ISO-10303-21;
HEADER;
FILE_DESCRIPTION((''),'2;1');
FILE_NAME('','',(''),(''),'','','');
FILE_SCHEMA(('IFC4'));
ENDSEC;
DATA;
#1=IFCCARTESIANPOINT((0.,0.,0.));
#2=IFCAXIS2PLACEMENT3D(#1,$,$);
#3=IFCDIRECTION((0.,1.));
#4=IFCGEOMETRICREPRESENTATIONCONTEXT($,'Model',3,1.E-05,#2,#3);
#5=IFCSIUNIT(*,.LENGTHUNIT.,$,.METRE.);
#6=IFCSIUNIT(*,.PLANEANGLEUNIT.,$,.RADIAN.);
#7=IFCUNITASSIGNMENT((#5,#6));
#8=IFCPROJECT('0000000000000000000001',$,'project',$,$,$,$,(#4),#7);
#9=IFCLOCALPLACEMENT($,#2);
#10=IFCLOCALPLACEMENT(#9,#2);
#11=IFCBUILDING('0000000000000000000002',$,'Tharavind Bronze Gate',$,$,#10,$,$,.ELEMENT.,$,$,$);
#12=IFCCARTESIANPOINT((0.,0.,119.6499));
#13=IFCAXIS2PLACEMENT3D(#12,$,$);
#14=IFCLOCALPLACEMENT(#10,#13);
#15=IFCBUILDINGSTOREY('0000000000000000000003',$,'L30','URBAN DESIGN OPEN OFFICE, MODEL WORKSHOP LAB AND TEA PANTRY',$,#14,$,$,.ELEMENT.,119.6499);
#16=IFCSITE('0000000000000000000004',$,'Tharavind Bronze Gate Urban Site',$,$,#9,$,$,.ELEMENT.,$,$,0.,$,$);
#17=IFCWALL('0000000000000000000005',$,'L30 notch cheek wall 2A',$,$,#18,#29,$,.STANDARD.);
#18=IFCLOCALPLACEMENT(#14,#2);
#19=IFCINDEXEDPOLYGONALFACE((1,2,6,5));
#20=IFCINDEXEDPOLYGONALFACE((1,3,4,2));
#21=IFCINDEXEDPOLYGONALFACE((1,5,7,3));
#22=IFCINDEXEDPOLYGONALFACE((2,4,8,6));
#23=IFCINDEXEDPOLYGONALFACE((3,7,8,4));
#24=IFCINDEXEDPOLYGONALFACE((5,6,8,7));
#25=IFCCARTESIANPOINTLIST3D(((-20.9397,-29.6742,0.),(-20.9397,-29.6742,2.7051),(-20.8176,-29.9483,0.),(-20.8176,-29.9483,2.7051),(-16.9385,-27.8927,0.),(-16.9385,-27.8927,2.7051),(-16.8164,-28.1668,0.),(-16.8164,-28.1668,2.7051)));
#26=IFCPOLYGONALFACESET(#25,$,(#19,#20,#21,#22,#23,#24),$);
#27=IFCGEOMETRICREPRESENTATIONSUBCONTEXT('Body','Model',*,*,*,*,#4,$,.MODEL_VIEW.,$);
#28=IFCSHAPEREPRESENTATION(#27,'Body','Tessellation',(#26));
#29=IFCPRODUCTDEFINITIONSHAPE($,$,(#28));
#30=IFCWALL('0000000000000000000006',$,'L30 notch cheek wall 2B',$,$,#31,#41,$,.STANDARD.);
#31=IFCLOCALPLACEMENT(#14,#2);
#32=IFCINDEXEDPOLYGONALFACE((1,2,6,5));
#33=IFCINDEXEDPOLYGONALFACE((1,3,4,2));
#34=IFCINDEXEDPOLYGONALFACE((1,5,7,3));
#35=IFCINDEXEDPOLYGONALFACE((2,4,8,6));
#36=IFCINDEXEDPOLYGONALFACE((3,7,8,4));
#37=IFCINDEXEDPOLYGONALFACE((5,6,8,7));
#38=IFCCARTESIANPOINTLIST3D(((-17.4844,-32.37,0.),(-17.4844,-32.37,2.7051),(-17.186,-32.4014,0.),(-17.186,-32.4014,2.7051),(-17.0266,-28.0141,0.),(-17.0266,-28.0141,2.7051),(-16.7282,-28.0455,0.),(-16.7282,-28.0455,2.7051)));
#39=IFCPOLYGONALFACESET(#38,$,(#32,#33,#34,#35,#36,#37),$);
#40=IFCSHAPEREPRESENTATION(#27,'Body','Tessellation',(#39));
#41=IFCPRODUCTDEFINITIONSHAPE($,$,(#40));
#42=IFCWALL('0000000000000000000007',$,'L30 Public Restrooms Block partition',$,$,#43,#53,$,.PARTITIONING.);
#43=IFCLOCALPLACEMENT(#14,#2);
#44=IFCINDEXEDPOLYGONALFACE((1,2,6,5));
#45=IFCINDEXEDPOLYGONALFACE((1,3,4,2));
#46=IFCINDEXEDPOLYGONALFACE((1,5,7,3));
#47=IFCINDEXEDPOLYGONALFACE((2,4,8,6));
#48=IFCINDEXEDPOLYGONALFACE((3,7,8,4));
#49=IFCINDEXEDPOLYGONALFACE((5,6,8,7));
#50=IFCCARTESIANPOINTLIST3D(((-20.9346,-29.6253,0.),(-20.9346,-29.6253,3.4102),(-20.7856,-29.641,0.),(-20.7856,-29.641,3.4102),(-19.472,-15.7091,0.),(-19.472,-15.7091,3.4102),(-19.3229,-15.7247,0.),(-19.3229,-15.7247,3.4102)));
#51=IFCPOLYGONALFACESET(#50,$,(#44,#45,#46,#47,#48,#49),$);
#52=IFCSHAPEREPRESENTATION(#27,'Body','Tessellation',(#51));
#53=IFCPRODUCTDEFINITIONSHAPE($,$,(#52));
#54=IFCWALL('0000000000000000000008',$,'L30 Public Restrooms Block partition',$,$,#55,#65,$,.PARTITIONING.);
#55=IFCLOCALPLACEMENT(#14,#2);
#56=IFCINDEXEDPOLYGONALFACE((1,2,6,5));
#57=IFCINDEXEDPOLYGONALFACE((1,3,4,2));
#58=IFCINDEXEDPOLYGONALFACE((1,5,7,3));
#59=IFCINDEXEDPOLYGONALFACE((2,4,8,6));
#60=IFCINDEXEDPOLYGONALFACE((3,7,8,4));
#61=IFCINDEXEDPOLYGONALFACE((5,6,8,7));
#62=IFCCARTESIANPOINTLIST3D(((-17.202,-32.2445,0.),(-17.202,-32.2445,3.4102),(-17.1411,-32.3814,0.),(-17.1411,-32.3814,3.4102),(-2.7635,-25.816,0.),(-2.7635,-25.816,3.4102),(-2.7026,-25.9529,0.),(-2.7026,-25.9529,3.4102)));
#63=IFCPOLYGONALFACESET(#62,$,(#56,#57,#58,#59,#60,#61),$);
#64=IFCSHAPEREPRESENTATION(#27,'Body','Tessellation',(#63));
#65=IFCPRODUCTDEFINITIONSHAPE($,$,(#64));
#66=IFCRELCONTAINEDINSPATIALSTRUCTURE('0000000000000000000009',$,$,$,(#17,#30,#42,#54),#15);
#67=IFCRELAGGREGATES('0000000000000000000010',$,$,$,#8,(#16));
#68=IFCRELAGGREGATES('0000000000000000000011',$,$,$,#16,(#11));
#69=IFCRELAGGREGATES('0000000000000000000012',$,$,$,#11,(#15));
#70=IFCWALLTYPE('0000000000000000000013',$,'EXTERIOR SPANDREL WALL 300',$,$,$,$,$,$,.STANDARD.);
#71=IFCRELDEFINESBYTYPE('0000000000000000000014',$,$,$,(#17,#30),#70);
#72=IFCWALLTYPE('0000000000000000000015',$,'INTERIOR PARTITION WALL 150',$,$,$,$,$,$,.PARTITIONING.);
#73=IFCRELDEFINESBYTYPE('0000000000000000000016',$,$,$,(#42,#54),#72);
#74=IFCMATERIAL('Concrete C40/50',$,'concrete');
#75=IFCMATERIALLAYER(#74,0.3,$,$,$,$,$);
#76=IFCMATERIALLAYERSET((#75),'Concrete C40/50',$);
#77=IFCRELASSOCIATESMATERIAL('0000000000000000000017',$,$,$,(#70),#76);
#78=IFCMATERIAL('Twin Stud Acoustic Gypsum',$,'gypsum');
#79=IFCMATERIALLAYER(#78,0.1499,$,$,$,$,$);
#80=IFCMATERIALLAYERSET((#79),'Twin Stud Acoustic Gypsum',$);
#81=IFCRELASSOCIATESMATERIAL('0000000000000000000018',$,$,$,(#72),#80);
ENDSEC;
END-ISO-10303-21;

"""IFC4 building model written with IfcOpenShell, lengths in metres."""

from ifc_helpers import new_model, si_unit, direction, frame, frame_2d, origin, place, context, subcontext, project, spatial, rectangle, extrude, material, layer, layer_set, type_object, element, save


model = new_model("IFC4")

# Units and contexts
model_context = context("Model", 3, precision=1e-05, world=origin(), true_north=direction((0.0, 1.0)))
body_context = subcontext(model_context, "Body", "Model", "MODEL_VIEW")
ifc_project = project(units=[si_unit("LENGTHUNIT", "METRE"), si_unit("PLANEANGLEUNIT", "RADIAN")], contexts=[model_context])

# Site, building, storey
site_placement = place(None, origin())
site = spatial("IfcSite", under=ifc_project, at=site_placement, Name="Tharavind Bronze Gate Urban Site", CompositionType="ELEMENT", RefElevation=0.0)
building_placement = place(site_placement, origin())
building = spatial("IfcBuilding", under=site, at=building_placement, Name="Tharavind Bronze Gate", CompositionType="ELEMENT")
storey_placement = place(building_placement, frame((0.0, 0.0, 119.6499)))
storey = spatial("IfcBuildingStorey", under=building, at=storey_placement, Name="L30", Description="URBAN DESIGN OPEN OFFICE, MODEL WORKSHOP LAB AND TEA PANTRY", CompositionType="ELEMENT", Elevation=119.6499)

# Walls
ifc_material_1 = material(Name="Concrete C40/50", Category="concrete")
ifc_layer_1 = layer(ifc_material_1, 0.3)
ifc_layer_set_1 = layer_set([ifc_layer_1], Name="Concrete C40/50")
wall_type_1 = type_object("IfcWallType", Name="EXTERIOR SPANDREL WALL 300", PredefinedType="STANDARD", material=ifc_layer_set_1)
for number, where, z_axis, x_axis, name in (
    (1, (-20.8787, -29.8113, 0.0), (0.0, 0.0, 1.0), (0.913542, 0.406743, 0.0), "L30 notch cheek wall 2A"),
    (2, (-16.8774, -28.0298, 0.0), (0.0, 0.0, 1.0), (-0.104514, -0.994523, 0.0), "L30 notch cheek wall 2B"),
):
    element("IfcWall", number, at=place(storey_placement, frame(where, z_axis=z_axis, x_axis=x_axis)), inside=storey, type_object=wall_type_1, Name=name, PredefinedType="STANDARD", context=body_context, shape_type="SweptSolid", body=[
        extrude(rectangle(XDim=4.3799, YDim=0.3, at=frame_2d((2.1899, 0.0))), origin(), (0.0, 0.0, 1.0), 2.7051),
    ])
ifc_material_2 = material(Name="Twin Stud Acoustic Gypsum", Category="gypsum")
ifc_layer_2 = layer(ifc_material_2, 0.1499)
ifc_layer_set_2 = layer_set([ifc_layer_2], Name="Twin Stud Acoustic Gypsum")
wall_type_2 = type_object("IfcWallType", Name="INTERIOR PARTITION WALL 150", PredefinedType="PARTITIONING", material=ifc_layer_set_2)
wall_1_placement = place(storey_placement, frame((-20.8601, -29.6333, 0.0), z_axis=(0.0, 0.0, 1.0), x_axis=(0.104528, 0.994522, 0.0)))
element("IfcWall", 3, at=wall_1_placement, inside=storey, type_object=wall_type_2, Name="L30 Public Restrooms Block partition", PredefinedType="PARTITIONING", context=body_context, shape_type="SweptSolid", body=[
    extrude(rectangle(XDim=13.9929, YDim=0.1499, at=frame_2d((6.9966, 0.0))), origin(), (0.0, 0.0, 1.0), 3.4102),
])
wall_2_placement = place(storey_placement, frame((-2.7332, -25.8845, 0.0), z_axis=(0.0, 0.0, 1.0), x_axis=(-0.913544, -0.406739, 0.0)))
element("IfcWall", 4, at=wall_2_placement, inside=storey, type_object=wall_type_2, Name="L30 Public Restrooms Block partition", PredefinedType="PARTITIONING", context=body_context, shape_type="SweptSolid", body=[
    extrude(rectangle(XDim=15.8049, YDim=0.1499, at=frame_2d((7.9023, 0.0))), origin(), (0.0, 0.0, 1.0), 3.4102),
])

save(model, "model.ifc")
